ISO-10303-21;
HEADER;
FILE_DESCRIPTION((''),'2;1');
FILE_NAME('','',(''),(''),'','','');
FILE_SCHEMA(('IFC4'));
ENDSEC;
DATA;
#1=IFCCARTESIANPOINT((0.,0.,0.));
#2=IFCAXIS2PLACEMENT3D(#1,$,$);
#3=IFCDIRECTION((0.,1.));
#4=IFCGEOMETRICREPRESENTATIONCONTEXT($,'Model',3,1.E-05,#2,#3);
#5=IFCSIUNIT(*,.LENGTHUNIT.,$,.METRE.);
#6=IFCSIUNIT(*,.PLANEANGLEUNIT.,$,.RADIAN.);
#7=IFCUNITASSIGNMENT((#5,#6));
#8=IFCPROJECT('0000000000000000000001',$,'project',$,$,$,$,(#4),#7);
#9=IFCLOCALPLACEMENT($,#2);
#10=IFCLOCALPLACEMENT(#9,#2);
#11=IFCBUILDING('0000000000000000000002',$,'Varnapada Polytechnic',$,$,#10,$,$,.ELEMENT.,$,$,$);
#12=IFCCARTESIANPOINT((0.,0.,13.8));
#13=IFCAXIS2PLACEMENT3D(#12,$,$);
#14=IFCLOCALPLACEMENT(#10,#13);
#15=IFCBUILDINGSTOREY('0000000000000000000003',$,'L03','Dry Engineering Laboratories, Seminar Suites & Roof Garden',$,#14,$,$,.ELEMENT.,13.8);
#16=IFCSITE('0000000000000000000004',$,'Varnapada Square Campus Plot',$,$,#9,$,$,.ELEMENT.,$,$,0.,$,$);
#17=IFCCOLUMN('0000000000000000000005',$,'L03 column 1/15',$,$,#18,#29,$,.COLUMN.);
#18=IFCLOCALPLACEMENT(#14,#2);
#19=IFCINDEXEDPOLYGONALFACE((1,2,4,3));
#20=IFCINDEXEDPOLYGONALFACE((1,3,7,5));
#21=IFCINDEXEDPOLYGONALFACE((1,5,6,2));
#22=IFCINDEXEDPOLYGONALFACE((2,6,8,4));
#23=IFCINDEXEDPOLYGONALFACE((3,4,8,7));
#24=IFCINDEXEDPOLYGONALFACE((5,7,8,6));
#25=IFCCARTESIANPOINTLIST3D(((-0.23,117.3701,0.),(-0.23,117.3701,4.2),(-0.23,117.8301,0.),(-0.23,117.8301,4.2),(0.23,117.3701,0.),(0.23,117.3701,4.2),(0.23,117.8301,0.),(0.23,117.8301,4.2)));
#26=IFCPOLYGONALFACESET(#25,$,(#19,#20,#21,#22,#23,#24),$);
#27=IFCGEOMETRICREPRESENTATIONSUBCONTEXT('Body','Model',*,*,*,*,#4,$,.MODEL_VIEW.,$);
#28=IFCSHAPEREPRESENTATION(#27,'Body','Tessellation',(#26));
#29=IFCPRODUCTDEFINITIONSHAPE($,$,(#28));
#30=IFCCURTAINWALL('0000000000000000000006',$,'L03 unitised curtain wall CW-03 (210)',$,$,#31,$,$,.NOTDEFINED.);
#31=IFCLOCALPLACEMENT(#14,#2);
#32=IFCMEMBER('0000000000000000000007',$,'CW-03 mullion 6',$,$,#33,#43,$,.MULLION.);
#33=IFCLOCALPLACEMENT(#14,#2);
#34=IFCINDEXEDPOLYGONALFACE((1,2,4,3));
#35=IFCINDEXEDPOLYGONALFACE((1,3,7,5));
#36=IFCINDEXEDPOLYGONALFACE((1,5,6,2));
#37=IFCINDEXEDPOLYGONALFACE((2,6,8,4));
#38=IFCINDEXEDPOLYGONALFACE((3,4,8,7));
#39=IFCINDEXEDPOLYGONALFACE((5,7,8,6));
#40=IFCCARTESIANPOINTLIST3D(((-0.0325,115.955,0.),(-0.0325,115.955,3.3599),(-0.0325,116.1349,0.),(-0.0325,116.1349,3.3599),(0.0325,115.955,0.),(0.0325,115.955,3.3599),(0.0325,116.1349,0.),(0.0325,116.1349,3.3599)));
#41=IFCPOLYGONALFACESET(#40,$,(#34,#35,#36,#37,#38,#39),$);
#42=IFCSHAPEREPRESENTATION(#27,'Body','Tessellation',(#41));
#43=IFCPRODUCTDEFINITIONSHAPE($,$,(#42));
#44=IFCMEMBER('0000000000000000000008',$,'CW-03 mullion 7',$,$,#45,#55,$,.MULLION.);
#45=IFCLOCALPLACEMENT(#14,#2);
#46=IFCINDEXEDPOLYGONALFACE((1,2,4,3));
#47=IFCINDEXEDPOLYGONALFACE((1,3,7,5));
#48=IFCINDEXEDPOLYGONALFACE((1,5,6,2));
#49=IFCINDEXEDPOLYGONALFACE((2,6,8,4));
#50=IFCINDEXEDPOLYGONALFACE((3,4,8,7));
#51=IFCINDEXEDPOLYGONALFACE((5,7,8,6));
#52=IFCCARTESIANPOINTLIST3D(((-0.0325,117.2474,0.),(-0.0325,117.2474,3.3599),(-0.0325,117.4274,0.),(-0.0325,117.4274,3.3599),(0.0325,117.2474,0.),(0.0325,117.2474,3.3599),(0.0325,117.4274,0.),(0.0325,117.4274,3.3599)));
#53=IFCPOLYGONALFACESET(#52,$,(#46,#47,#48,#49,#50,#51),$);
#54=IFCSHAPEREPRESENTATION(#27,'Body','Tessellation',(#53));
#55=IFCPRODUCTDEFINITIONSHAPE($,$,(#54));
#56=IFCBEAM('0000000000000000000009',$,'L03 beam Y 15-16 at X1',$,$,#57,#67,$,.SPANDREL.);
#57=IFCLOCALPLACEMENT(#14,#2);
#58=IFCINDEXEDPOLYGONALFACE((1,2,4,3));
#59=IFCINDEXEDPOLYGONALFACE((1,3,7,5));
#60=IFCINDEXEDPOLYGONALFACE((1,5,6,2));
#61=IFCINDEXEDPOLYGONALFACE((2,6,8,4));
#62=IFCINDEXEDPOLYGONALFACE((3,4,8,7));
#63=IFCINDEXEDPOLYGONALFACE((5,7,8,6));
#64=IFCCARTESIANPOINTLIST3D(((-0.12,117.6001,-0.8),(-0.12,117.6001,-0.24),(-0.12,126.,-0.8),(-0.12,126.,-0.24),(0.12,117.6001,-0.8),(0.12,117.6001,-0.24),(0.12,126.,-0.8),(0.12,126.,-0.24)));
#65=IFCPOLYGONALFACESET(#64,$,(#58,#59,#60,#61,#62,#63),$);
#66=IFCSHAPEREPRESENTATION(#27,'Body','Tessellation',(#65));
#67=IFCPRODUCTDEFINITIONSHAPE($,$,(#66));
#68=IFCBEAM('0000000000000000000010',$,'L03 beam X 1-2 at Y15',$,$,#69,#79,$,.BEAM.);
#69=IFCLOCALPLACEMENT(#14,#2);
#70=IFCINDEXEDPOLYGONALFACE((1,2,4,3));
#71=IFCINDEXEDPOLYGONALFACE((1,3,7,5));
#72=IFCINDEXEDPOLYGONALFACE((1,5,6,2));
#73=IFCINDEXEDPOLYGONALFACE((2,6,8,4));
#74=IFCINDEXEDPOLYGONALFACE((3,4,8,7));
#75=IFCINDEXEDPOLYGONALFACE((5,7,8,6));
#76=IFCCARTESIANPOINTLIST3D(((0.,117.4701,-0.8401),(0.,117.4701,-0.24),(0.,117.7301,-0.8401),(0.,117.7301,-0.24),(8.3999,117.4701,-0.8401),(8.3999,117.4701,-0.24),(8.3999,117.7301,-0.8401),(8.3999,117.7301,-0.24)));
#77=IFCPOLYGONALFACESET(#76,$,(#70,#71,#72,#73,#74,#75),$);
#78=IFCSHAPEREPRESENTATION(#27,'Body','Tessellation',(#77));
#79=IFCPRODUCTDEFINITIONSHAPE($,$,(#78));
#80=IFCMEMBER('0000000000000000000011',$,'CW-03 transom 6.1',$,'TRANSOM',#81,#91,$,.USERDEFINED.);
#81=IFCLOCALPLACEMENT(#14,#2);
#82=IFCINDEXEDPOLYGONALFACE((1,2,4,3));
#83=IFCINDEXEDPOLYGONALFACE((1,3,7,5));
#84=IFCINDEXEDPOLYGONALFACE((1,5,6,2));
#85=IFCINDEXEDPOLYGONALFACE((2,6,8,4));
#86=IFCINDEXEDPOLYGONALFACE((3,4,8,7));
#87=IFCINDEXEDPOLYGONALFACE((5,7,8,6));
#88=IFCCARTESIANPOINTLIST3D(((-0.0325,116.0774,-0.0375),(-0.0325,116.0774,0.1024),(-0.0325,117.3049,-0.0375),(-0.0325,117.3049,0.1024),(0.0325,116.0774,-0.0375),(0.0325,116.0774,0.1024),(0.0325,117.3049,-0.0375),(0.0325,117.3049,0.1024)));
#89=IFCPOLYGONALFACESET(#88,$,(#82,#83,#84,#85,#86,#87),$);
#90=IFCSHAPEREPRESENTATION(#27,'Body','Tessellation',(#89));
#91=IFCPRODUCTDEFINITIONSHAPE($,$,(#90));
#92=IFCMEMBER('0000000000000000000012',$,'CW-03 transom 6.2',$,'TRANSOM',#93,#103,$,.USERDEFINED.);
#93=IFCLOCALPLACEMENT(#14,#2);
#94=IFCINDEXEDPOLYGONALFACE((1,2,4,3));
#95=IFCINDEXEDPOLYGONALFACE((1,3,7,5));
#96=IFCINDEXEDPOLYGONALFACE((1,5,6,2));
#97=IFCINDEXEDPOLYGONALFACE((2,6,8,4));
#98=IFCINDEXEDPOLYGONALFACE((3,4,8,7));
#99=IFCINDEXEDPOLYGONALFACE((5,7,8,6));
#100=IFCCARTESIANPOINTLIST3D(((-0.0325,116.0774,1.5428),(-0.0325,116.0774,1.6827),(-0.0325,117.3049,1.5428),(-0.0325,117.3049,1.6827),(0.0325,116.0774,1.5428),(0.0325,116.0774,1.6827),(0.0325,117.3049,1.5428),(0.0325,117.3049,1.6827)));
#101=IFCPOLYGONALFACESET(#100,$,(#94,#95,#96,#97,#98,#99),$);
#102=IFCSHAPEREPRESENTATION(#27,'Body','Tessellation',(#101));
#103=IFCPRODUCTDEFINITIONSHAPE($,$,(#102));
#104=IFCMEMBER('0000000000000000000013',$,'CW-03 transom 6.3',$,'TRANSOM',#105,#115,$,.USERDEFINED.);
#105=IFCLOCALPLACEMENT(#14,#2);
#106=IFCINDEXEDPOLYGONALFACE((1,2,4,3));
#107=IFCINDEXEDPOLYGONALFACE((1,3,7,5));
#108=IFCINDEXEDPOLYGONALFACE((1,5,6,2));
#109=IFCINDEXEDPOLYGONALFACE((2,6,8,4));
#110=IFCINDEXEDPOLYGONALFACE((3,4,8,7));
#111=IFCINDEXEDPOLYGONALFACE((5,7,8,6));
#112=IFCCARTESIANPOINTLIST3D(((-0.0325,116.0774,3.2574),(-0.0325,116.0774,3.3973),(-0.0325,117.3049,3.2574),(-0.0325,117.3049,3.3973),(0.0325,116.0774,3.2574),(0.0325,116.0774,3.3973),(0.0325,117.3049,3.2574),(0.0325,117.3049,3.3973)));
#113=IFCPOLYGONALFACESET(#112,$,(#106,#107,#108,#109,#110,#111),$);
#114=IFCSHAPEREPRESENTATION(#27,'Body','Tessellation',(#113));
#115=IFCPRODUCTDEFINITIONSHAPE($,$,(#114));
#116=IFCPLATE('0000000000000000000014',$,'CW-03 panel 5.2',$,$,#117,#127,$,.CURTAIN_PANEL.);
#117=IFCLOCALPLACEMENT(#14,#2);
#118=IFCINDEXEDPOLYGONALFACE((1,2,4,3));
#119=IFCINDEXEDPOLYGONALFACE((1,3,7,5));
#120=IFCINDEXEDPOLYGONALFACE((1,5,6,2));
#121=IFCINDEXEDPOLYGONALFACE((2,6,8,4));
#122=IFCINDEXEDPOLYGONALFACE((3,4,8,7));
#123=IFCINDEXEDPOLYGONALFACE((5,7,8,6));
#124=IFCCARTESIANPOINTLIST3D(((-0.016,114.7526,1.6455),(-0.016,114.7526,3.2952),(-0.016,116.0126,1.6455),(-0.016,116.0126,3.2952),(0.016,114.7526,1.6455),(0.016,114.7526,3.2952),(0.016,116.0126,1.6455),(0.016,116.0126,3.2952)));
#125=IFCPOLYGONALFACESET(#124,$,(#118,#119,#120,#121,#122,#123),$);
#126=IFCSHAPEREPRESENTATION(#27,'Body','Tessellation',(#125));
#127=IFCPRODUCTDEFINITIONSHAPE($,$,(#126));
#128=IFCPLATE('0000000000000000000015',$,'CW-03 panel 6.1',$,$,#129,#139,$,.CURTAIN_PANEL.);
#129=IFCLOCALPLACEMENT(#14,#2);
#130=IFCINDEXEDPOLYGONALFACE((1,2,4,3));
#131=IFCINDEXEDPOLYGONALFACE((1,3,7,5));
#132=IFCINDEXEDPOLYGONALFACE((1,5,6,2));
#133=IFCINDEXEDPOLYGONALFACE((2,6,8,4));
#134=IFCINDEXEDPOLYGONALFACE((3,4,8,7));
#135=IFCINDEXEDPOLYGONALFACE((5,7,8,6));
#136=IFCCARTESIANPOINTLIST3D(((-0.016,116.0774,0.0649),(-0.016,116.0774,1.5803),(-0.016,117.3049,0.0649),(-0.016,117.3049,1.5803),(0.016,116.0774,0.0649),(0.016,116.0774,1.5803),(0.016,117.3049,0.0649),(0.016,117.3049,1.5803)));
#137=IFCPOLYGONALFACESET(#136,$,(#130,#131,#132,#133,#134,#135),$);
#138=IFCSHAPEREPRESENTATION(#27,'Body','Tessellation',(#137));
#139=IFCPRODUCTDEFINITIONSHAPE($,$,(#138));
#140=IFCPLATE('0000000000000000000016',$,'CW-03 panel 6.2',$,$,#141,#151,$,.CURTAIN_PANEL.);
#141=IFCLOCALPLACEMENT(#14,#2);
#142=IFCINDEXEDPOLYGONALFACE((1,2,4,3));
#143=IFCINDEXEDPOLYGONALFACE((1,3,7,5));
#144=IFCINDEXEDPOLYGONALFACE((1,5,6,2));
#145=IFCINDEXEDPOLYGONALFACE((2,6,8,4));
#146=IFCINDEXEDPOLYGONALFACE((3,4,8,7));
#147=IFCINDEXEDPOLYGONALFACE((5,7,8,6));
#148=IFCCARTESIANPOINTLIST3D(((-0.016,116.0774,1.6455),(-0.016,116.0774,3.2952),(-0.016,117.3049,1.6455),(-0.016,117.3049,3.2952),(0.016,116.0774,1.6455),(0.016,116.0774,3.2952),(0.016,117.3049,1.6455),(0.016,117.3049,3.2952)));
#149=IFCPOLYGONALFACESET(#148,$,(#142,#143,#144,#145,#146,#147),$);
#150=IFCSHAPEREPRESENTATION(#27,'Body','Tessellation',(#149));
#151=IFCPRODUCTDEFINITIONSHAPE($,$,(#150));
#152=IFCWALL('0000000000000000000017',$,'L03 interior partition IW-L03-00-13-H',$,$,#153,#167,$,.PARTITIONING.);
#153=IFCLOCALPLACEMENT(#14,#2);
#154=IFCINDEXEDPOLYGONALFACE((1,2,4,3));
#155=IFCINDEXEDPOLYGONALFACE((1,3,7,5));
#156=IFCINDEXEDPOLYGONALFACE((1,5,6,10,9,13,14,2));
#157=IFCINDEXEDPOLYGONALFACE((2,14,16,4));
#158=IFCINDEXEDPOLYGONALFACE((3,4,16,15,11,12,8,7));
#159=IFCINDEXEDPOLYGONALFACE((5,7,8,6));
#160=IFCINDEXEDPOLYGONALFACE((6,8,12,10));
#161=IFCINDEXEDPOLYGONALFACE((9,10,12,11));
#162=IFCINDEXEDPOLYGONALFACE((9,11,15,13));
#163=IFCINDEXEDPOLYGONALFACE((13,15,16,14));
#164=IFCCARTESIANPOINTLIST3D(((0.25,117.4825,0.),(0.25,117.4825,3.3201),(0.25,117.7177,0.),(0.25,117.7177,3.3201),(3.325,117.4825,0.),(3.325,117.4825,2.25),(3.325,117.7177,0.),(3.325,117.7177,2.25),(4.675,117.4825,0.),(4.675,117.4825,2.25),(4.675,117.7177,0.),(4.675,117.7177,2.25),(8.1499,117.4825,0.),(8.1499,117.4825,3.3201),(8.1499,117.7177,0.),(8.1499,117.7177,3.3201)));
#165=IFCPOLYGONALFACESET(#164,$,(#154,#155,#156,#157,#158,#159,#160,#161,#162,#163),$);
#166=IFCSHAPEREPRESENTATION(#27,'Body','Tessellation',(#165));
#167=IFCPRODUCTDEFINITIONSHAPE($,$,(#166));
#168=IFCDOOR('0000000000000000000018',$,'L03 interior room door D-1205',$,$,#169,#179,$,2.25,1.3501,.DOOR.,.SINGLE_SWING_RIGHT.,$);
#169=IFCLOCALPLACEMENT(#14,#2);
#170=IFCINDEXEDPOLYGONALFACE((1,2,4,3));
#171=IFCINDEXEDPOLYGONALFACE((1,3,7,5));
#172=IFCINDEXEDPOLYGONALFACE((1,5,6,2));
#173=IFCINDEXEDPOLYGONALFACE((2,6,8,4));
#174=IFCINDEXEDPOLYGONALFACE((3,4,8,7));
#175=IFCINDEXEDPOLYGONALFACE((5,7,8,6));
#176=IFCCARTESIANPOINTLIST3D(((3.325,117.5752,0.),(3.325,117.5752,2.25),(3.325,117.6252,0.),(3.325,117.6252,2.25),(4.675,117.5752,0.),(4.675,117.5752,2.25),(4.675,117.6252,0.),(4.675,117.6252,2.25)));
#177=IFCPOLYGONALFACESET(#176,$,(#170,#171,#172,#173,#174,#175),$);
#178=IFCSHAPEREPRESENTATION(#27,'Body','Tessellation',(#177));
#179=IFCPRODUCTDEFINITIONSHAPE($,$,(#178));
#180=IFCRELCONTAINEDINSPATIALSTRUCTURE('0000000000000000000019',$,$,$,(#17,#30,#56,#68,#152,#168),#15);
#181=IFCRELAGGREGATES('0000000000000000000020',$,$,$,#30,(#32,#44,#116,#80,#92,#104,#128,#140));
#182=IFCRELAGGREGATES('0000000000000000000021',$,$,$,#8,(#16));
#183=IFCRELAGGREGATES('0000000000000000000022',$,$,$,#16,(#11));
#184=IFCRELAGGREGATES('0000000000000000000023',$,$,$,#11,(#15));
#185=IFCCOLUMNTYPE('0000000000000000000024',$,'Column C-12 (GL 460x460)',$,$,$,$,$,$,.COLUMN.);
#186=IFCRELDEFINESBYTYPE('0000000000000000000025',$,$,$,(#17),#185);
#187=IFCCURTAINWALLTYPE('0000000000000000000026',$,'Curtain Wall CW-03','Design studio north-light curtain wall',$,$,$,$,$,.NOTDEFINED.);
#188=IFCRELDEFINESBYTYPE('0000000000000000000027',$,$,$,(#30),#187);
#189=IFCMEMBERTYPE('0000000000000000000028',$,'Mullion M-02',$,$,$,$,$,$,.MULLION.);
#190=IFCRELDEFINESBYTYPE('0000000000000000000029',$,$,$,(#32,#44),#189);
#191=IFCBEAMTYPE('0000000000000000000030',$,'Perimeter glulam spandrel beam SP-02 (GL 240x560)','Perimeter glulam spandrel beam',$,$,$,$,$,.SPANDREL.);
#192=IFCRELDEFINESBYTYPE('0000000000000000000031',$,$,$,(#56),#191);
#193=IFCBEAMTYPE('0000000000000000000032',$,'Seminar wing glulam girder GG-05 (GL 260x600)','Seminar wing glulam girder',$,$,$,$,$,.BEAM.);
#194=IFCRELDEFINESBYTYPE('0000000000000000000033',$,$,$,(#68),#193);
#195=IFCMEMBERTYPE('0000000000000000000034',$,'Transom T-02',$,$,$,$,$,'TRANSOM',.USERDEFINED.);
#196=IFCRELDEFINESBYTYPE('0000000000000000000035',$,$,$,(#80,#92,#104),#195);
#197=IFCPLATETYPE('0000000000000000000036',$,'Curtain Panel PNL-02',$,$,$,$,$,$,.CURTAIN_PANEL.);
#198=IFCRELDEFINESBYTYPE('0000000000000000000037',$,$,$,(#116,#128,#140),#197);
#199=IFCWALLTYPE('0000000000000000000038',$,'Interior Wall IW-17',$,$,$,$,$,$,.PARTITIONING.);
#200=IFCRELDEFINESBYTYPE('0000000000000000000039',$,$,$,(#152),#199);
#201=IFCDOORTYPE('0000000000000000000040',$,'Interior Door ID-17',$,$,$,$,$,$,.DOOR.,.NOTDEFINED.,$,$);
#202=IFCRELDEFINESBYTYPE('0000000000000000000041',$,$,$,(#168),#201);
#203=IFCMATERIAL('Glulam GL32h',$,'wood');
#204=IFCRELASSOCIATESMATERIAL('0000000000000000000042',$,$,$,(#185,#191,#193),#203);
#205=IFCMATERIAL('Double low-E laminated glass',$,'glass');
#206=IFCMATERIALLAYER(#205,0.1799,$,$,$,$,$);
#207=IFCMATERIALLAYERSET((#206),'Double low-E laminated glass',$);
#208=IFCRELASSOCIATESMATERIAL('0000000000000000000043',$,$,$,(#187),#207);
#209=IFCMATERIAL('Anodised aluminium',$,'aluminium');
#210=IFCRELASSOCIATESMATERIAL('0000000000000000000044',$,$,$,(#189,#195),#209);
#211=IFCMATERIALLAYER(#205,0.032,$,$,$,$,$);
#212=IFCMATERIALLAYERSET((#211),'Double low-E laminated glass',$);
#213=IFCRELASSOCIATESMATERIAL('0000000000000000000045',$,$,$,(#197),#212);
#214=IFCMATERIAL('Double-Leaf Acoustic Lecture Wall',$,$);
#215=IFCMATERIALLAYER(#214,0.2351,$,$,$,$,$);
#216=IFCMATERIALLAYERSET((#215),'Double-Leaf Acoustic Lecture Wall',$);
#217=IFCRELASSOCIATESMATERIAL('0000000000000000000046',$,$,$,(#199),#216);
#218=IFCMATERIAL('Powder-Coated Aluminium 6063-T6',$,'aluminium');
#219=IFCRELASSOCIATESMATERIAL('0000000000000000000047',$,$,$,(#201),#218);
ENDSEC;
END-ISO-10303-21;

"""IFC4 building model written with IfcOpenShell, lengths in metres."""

from ifc_helpers import new_model, si_unit, direction, frame, frame_2d, origin, origin_2d, place, context, subcontext, project, spatial, rectangle, extrude, material, layer, layer_set, material_profile, profile_set, type_object, element, fill, aggregate, save


model = new_model("IFC4")

# Units and contexts
model_context = context("Model", 3, precision=1e-05, world=origin(), true_north=direction((0.0, 1.0)))
body_context = subcontext(model_context, "Body", "Model", "MODEL_VIEW")
ifc_project = project(units=[si_unit("LENGTHUNIT", "METRE"), si_unit("PLANEANGLEUNIT", "RADIAN")], contexts=[model_context])

# Site, building, storey
site_placement = place(None, origin())
site = spatial("IfcSite", under=ifc_project, at=site_placement, Name="Varnapada Square Campus Plot", CompositionType="ELEMENT", RefElevation=0.0)
building_placement = place(site_placement, origin())
building = spatial("IfcBuilding", under=site, at=building_placement, Name="Varnapada Polytechnic", CompositionType="ELEMENT")
storey_placement = place(building_placement, frame((0.0, 0.0, 13.8)))
storey = spatial("IfcBuildingStorey", under=building, at=storey_placement, Name="L03", Description="Dry Engineering Laboratories, Seminar Suites & Roof Garden", CompositionType="ELEMENT", Elevation=13.8)

# Column
ifc_material_1 = material(Name="Glulam GL32h", Category="wood")
ifc_material_profile_1 = material_profile(ifc_material_1, rectangle(XDim=0.46, YDim=0.46, at=origin_2d()), Name="GL 460x460")
ifc_profile_set_1 = profile_set([ifc_material_profile_1], Name="Glulam GL32h")
column_type = type_object("IfcColumnType", Name="Column C-12 (GL 460x460)", PredefinedType="COLUMN", material=ifc_profile_set_1)
column_placement = place(storey_placement, frame((0.0, 117.6001, 0.0), z_axis=(0.0, 0.0, 1.0), x_axis=(1.0, 0.0, 0.0)))
element("IfcColumn", 1, at=column_placement, inside=storey, type_object=column_type, Name="L03 column 1/15", PredefinedType="COLUMN", context=body_context, shape_type="SweptSolid", body=[
    extrude(rectangle(XDim=0.46, YDim=0.46, at=origin_2d()), origin(), (0.0, 0.0, 1.0), 4.2),
])

# Curtain wall, members
ifc_material_2 = material(Name="Double low-E laminated glass", Category="glass")
ifc_layer_1 = layer(ifc_material_2, 0.1799)
ifc_layer_set_1 = layer_set([ifc_layer_1], Name="Double low-E laminated glass")
curtain_wall_type = type_object("IfcCurtainWallType", Name="Curtain Wall CW-03", Description="Design studio north-light curtain wall", PredefinedType="NOTDEFINED", material=ifc_layer_set_1)
curtain_wall_placement = place(storey_placement, origin())
curtain_wall = element("IfcCurtainWall", 2, at=curtain_wall_placement, inside=storey, type_object=curtain_wall_type, Name="L03 unitised curtain wall CW-03 (210)", PredefinedType="NOTDEFINED")
ifc_material_3 = material(Name="Anodised aluminium", Category="aluminium")
ifc_material_profile_2 = material_profile(ifc_material_3, rectangle(XDim=0.0649, YDim=0.1799, at=origin_2d()), Name="ALU M65x180")
ifc_profile_set_2 = profile_set([ifc_material_profile_2], Name="Anodised aluminium")
member_type_1 = type_object("IfcMemberType", Name="Mullion M-02", PredefinedType="MULLION", material=ifc_profile_set_2)
member_1_placement = place(storey_placement, frame((0.0, 116.0449, 0.0), z_axis=(0.0, 0.0, 1.0), x_axis=(-1.0, 0.0, 0.0)))
member_1 = element("IfcMember", 3, at=member_1_placement, type_object=member_type_1, Name="CW-03 mullion 6", PredefinedType="MULLION", context=body_context, shape_type="SweptSolid", body=[
    extrude(rectangle(XDim=0.0649, YDim=0.1799, at=origin_2d()), origin(), (0.0, 0.0, 1.0), 3.3599),
])
member_2_placement = place(storey_placement, frame((0.0, 117.3374, 0.0), z_axis=(0.0, 0.0, 1.0), x_axis=(-1.0, 0.0, 0.0)))
member_2 = element("IfcMember", 4, at=member_2_placement, type_object=member_type_1, Name="CW-03 mullion 7", PredefinedType="MULLION", context=body_context, shape_type="SweptSolid", body=[
    extrude(rectangle(XDim=0.0649, YDim=0.1799, at=origin_2d()), origin(), (0.0, 0.0, 1.0), 3.3599),
])

# Beams
ifc_material_profile_3 = material_profile(ifc_material_1, rectangle(XDim=0.24, YDim=0.5601, at=origin_2d()), Name="GL 240x560")
ifc_profile_set_3 = profile_set([ifc_material_profile_3], Name="Glulam GL32h")
beam_type_1 = type_object("IfcBeamType", Name="Perimeter glulam spandrel beam SP-02 (GL 240x560)", Description="Perimeter glulam spandrel beam", PredefinedType="SPANDREL", material=ifc_profile_set_3)
beam_1_placement = place(storey_placement, frame((0.0, 117.6001, -0.52), z_axis=(0.0, 1.0, 0.0), x_axis=(-1.0, 0.0, 0.0)))
element("IfcBeam", 5, at=beam_1_placement, inside=storey, type_object=beam_type_1, Name="L03 beam Y 15-16 at X1", PredefinedType="SPANDREL", context=body_context, shape_type="SweptSolid", body=[
    extrude(rectangle(XDim=0.24, YDim=0.5601, at=origin_2d()), origin(), (0.0, 0.0, 1.0), 8.3999),
])
ifc_material_profile_4 = material_profile(ifc_material_1, rectangle(XDim=0.26, YDim=0.6001, at=origin_2d()), Name="GL 260x600")
ifc_profile_set_4 = profile_set([ifc_material_profile_4], Name="Glulam GL32h")
beam_type_2 = type_object("IfcBeamType", Name="Seminar wing glulam girder GG-05 (GL 260x600)", Description="Seminar wing glulam girder", PredefinedType="BEAM", material=ifc_profile_set_4)
beam_2_placement = place(storey_placement, frame((0.0, 117.6001, -0.54), z_axis=(1.0, 0.0, 0.0), x_axis=(0.0, 1.0, 0.0)))
element("IfcBeam", 6, at=beam_2_placement, inside=storey, type_object=beam_type_2, Name="L03 beam X 1-2 at Y15", PredefinedType="BEAM", context=body_context, shape_type="SweptSolid", body=[
    extrude(rectangle(XDim=0.26, YDim=0.6001, at=origin_2d()), origin(), (0.0, 0.0, 1.0), 8.3999),
])

# Members
ifc_material_profile_5 = material_profile(ifc_material_3, rectangle(XDim=0.0649, YDim=0.1399, at=origin_2d()), Name="ALU T65x140")
ifc_profile_set_5 = profile_set([ifc_material_profile_5], Name="Anodised aluminium")
member_type_2 = type_object("IfcMemberType", Name="Transom T-02", ElementType="TRANSOM", PredefinedType="USERDEFINED", material=ifc_profile_set_5)
member_3_placement = place(storey_placement, frame((0.0, 116.0774, 0.0325), z_axis=(0.0, 1.0, 0.0), x_axis=(-1.0, 0.0, 0.0)))
member_3 = element("IfcMember", 7, at=member_3_placement, type_object=member_type_2, Name="CW-03 transom 6.1", ObjectType="TRANSOM", PredefinedType="USERDEFINED", context=body_context, shape_type="SweptSolid", body=[
    extrude(rectangle(XDim=0.0649, YDim=0.1399, at=origin_2d()), origin(), (0.0, 0.0, 1.0), 1.2275),
])
member_4_placement = place(storey_placement, frame((0.0, 116.0774, 1.6128), z_axis=(0.0, 1.0, 0.0), x_axis=(-1.0, 0.0, 0.0)))
member_4 = element("IfcMember", 8, at=member_4_placement, type_object=member_type_2, Name="CW-03 transom 6.2", ObjectType="TRANSOM", PredefinedType="USERDEFINED", context=body_context, shape_type="SweptSolid", body=[
    extrude(rectangle(XDim=0.0649, YDim=0.1399, at=origin_2d()), origin(), (0.0, 0.0, 1.0), 1.2275),
])
member_5_placement = place(storey_placement, frame((0.0, 116.0774, 3.3274), z_axis=(0.0, 1.0, 0.0), x_axis=(-1.0, 0.0, 0.0)))
member_5 = element("IfcMember", 9, at=member_5_placement, type_object=member_type_2, Name="CW-03 transom 6.3", ObjectType="TRANSOM", PredefinedType="USERDEFINED", context=body_context, shape_type="SweptSolid", body=[
    extrude(rectangle(XDim=0.0649, YDim=0.1399, at=origin_2d()), origin(), (0.0, 0.0, 1.0), 1.2275),
])

# Plates
ifc_layer_2 = layer(ifc_material_2, 0.032)
ifc_layer_set_2 = layer_set([ifc_layer_2], Name="Double low-E laminated glass")
plate_type = type_object("IfcPlateType", Name="Curtain Panel PNL-02", PredefinedType="CURTAIN_PANEL", material=ifc_layer_set_2)
plate_1_placement = place(storey_placement, frame((0.0, 115.3826, 1.6455), z_axis=(0.0, 0.0, 1.0), x_axis=(0.0, 1.0, 0.0)))
plate_1 = element("IfcPlate", 10, at=plate_1_placement, type_object=plate_type, Name="CW-03 panel 5.2", PredefinedType="CURTAIN_PANEL", context=body_context, shape_type="SweptSolid", body=[
    extrude(rectangle(XDim=1.26, YDim=0.032, at=origin_2d()), origin(), (0.0, 0.0, 1.0), 1.6497),
])
plate_2_placement = place(storey_placement, frame((0.0, 116.6912, 0.0649), z_axis=(0.0, 0.0, 1.0), x_axis=(0.0, 1.0, 0.0)))
plate_2 = element("IfcPlate", 11, at=plate_2_placement, type_object=plate_type, Name="CW-03 panel 6.1", PredefinedType="CURTAIN_PANEL", context=body_context, shape_type="SweptSolid", body=[
    extrude(rectangle(XDim=1.2275, YDim=0.032, at=origin_2d()), origin(), (0.0, 0.0, 1.0), 1.5154),
])
plate_3_placement = place(storey_placement, frame((0.0, 116.6912, 1.6455), z_axis=(0.0, 0.0, 1.0), x_axis=(0.0, 1.0, 0.0)))
plate_3 = element("IfcPlate", 12, at=plate_3_placement, type_object=plate_type, Name="CW-03 panel 6.2", PredefinedType="CURTAIN_PANEL", context=body_context, shape_type="SweptSolid", body=[
    extrude(rectangle(XDim=1.2275, YDim=0.032, at=origin_2d()), origin(), (0.0, 0.0, 1.0), 1.6497),
])
aggregate(curtain_wall, [member_1, member_2, plate_1, member_3, member_4, member_5, plate_2, plate_3])

# Wall, opening, door
ifc_material_4 = material(Name="Double-Leaf Acoustic Lecture Wall")
ifc_layer_3 = layer(ifc_material_4, 0.2351)
ifc_layer_set_3 = layer_set([ifc_layer_3], Name="Double-Leaf Acoustic Lecture Wall")
wall_type = type_object("IfcWallType", Name="Interior Wall IW-17", PredefinedType="PARTITIONING", material=ifc_layer_set_3)
wall_placement = place(storey_placement, frame((0.25, 117.6001, 0.0), z_axis=(0.0, 0.0, 1.0), x_axis=(1.0, 0.0, 0.0)))
wall = element("IfcWall", 13, at=wall_placement, inside=storey, type_object=wall_type, Name="L03 interior partition IW-L03-00-13-H", PredefinedType="PARTITIONING", context=body_context, shape_type="SweptSolid", body=[
    extrude(rectangle(XDim=7.8999, YDim=0.2351, at=frame_2d((3.95, 0.0))), origin(), (0.0, 0.0, 1.0), 3.3201),
])
opening_1_placement = place(wall_placement, frame((3.075, 0.0, 0.0)))
opening_1 = element("IfcOpeningElement", 14, at=opening_1_placement, cuts=wall, PredefinedType="OPENING", context=body_context, shape_type="SweptSolid", body=[
    extrude(rectangle(XDim=1.3501, YDim=2.25, at=frame_2d((0.675, 1.125))), frame((0.0, 0.1274, 0.0), z_axis=(0.0, -1.0, 0.0), x_axis=(1.0, 0.0, 0.0)), (0.0, 0.0, 1.0), 0.2551),
])
ifc_material_5 = material(Name="Powder-Coated Aluminium 6063-T6", Category="aluminium")
door_type = type_object("IfcDoorType", Name="Interior Door ID-17", OperationType="NOTDEFINED", PredefinedType="DOOR", material=ifc_material_5)
door_placement = place(opening_1_placement, frame((1.3501, 0.0, 0.0), z_axis=(0.0, 0.0, 1.0), x_axis=(-1.0, 0.0, 0.0)))
door = element("IfcDoor", 15, at=door_placement, inside=storey, type_object=door_type, Name="L03 interior room door D-1205", OperationType="SINGLE_SWING_RIGHT", OverallHeight=2.25, OverallWidth=1.3501, PredefinedType="DOOR", context=body_context, shape_type="SweptSolid", body=[
    extrude(rectangle(XDim=1.3501, YDim=2.25, at=frame_2d((0.675, 1.125))), frame((0.0, 0.0249, 0.0), z_axis=(0.0, -1.0, 0.0), x_axis=(1.0, 0.0, 0.0)), (0.0, 0.0, 1.0), 0.05),
])
fill(opening_1, door)

save(model, "model.ifc")
